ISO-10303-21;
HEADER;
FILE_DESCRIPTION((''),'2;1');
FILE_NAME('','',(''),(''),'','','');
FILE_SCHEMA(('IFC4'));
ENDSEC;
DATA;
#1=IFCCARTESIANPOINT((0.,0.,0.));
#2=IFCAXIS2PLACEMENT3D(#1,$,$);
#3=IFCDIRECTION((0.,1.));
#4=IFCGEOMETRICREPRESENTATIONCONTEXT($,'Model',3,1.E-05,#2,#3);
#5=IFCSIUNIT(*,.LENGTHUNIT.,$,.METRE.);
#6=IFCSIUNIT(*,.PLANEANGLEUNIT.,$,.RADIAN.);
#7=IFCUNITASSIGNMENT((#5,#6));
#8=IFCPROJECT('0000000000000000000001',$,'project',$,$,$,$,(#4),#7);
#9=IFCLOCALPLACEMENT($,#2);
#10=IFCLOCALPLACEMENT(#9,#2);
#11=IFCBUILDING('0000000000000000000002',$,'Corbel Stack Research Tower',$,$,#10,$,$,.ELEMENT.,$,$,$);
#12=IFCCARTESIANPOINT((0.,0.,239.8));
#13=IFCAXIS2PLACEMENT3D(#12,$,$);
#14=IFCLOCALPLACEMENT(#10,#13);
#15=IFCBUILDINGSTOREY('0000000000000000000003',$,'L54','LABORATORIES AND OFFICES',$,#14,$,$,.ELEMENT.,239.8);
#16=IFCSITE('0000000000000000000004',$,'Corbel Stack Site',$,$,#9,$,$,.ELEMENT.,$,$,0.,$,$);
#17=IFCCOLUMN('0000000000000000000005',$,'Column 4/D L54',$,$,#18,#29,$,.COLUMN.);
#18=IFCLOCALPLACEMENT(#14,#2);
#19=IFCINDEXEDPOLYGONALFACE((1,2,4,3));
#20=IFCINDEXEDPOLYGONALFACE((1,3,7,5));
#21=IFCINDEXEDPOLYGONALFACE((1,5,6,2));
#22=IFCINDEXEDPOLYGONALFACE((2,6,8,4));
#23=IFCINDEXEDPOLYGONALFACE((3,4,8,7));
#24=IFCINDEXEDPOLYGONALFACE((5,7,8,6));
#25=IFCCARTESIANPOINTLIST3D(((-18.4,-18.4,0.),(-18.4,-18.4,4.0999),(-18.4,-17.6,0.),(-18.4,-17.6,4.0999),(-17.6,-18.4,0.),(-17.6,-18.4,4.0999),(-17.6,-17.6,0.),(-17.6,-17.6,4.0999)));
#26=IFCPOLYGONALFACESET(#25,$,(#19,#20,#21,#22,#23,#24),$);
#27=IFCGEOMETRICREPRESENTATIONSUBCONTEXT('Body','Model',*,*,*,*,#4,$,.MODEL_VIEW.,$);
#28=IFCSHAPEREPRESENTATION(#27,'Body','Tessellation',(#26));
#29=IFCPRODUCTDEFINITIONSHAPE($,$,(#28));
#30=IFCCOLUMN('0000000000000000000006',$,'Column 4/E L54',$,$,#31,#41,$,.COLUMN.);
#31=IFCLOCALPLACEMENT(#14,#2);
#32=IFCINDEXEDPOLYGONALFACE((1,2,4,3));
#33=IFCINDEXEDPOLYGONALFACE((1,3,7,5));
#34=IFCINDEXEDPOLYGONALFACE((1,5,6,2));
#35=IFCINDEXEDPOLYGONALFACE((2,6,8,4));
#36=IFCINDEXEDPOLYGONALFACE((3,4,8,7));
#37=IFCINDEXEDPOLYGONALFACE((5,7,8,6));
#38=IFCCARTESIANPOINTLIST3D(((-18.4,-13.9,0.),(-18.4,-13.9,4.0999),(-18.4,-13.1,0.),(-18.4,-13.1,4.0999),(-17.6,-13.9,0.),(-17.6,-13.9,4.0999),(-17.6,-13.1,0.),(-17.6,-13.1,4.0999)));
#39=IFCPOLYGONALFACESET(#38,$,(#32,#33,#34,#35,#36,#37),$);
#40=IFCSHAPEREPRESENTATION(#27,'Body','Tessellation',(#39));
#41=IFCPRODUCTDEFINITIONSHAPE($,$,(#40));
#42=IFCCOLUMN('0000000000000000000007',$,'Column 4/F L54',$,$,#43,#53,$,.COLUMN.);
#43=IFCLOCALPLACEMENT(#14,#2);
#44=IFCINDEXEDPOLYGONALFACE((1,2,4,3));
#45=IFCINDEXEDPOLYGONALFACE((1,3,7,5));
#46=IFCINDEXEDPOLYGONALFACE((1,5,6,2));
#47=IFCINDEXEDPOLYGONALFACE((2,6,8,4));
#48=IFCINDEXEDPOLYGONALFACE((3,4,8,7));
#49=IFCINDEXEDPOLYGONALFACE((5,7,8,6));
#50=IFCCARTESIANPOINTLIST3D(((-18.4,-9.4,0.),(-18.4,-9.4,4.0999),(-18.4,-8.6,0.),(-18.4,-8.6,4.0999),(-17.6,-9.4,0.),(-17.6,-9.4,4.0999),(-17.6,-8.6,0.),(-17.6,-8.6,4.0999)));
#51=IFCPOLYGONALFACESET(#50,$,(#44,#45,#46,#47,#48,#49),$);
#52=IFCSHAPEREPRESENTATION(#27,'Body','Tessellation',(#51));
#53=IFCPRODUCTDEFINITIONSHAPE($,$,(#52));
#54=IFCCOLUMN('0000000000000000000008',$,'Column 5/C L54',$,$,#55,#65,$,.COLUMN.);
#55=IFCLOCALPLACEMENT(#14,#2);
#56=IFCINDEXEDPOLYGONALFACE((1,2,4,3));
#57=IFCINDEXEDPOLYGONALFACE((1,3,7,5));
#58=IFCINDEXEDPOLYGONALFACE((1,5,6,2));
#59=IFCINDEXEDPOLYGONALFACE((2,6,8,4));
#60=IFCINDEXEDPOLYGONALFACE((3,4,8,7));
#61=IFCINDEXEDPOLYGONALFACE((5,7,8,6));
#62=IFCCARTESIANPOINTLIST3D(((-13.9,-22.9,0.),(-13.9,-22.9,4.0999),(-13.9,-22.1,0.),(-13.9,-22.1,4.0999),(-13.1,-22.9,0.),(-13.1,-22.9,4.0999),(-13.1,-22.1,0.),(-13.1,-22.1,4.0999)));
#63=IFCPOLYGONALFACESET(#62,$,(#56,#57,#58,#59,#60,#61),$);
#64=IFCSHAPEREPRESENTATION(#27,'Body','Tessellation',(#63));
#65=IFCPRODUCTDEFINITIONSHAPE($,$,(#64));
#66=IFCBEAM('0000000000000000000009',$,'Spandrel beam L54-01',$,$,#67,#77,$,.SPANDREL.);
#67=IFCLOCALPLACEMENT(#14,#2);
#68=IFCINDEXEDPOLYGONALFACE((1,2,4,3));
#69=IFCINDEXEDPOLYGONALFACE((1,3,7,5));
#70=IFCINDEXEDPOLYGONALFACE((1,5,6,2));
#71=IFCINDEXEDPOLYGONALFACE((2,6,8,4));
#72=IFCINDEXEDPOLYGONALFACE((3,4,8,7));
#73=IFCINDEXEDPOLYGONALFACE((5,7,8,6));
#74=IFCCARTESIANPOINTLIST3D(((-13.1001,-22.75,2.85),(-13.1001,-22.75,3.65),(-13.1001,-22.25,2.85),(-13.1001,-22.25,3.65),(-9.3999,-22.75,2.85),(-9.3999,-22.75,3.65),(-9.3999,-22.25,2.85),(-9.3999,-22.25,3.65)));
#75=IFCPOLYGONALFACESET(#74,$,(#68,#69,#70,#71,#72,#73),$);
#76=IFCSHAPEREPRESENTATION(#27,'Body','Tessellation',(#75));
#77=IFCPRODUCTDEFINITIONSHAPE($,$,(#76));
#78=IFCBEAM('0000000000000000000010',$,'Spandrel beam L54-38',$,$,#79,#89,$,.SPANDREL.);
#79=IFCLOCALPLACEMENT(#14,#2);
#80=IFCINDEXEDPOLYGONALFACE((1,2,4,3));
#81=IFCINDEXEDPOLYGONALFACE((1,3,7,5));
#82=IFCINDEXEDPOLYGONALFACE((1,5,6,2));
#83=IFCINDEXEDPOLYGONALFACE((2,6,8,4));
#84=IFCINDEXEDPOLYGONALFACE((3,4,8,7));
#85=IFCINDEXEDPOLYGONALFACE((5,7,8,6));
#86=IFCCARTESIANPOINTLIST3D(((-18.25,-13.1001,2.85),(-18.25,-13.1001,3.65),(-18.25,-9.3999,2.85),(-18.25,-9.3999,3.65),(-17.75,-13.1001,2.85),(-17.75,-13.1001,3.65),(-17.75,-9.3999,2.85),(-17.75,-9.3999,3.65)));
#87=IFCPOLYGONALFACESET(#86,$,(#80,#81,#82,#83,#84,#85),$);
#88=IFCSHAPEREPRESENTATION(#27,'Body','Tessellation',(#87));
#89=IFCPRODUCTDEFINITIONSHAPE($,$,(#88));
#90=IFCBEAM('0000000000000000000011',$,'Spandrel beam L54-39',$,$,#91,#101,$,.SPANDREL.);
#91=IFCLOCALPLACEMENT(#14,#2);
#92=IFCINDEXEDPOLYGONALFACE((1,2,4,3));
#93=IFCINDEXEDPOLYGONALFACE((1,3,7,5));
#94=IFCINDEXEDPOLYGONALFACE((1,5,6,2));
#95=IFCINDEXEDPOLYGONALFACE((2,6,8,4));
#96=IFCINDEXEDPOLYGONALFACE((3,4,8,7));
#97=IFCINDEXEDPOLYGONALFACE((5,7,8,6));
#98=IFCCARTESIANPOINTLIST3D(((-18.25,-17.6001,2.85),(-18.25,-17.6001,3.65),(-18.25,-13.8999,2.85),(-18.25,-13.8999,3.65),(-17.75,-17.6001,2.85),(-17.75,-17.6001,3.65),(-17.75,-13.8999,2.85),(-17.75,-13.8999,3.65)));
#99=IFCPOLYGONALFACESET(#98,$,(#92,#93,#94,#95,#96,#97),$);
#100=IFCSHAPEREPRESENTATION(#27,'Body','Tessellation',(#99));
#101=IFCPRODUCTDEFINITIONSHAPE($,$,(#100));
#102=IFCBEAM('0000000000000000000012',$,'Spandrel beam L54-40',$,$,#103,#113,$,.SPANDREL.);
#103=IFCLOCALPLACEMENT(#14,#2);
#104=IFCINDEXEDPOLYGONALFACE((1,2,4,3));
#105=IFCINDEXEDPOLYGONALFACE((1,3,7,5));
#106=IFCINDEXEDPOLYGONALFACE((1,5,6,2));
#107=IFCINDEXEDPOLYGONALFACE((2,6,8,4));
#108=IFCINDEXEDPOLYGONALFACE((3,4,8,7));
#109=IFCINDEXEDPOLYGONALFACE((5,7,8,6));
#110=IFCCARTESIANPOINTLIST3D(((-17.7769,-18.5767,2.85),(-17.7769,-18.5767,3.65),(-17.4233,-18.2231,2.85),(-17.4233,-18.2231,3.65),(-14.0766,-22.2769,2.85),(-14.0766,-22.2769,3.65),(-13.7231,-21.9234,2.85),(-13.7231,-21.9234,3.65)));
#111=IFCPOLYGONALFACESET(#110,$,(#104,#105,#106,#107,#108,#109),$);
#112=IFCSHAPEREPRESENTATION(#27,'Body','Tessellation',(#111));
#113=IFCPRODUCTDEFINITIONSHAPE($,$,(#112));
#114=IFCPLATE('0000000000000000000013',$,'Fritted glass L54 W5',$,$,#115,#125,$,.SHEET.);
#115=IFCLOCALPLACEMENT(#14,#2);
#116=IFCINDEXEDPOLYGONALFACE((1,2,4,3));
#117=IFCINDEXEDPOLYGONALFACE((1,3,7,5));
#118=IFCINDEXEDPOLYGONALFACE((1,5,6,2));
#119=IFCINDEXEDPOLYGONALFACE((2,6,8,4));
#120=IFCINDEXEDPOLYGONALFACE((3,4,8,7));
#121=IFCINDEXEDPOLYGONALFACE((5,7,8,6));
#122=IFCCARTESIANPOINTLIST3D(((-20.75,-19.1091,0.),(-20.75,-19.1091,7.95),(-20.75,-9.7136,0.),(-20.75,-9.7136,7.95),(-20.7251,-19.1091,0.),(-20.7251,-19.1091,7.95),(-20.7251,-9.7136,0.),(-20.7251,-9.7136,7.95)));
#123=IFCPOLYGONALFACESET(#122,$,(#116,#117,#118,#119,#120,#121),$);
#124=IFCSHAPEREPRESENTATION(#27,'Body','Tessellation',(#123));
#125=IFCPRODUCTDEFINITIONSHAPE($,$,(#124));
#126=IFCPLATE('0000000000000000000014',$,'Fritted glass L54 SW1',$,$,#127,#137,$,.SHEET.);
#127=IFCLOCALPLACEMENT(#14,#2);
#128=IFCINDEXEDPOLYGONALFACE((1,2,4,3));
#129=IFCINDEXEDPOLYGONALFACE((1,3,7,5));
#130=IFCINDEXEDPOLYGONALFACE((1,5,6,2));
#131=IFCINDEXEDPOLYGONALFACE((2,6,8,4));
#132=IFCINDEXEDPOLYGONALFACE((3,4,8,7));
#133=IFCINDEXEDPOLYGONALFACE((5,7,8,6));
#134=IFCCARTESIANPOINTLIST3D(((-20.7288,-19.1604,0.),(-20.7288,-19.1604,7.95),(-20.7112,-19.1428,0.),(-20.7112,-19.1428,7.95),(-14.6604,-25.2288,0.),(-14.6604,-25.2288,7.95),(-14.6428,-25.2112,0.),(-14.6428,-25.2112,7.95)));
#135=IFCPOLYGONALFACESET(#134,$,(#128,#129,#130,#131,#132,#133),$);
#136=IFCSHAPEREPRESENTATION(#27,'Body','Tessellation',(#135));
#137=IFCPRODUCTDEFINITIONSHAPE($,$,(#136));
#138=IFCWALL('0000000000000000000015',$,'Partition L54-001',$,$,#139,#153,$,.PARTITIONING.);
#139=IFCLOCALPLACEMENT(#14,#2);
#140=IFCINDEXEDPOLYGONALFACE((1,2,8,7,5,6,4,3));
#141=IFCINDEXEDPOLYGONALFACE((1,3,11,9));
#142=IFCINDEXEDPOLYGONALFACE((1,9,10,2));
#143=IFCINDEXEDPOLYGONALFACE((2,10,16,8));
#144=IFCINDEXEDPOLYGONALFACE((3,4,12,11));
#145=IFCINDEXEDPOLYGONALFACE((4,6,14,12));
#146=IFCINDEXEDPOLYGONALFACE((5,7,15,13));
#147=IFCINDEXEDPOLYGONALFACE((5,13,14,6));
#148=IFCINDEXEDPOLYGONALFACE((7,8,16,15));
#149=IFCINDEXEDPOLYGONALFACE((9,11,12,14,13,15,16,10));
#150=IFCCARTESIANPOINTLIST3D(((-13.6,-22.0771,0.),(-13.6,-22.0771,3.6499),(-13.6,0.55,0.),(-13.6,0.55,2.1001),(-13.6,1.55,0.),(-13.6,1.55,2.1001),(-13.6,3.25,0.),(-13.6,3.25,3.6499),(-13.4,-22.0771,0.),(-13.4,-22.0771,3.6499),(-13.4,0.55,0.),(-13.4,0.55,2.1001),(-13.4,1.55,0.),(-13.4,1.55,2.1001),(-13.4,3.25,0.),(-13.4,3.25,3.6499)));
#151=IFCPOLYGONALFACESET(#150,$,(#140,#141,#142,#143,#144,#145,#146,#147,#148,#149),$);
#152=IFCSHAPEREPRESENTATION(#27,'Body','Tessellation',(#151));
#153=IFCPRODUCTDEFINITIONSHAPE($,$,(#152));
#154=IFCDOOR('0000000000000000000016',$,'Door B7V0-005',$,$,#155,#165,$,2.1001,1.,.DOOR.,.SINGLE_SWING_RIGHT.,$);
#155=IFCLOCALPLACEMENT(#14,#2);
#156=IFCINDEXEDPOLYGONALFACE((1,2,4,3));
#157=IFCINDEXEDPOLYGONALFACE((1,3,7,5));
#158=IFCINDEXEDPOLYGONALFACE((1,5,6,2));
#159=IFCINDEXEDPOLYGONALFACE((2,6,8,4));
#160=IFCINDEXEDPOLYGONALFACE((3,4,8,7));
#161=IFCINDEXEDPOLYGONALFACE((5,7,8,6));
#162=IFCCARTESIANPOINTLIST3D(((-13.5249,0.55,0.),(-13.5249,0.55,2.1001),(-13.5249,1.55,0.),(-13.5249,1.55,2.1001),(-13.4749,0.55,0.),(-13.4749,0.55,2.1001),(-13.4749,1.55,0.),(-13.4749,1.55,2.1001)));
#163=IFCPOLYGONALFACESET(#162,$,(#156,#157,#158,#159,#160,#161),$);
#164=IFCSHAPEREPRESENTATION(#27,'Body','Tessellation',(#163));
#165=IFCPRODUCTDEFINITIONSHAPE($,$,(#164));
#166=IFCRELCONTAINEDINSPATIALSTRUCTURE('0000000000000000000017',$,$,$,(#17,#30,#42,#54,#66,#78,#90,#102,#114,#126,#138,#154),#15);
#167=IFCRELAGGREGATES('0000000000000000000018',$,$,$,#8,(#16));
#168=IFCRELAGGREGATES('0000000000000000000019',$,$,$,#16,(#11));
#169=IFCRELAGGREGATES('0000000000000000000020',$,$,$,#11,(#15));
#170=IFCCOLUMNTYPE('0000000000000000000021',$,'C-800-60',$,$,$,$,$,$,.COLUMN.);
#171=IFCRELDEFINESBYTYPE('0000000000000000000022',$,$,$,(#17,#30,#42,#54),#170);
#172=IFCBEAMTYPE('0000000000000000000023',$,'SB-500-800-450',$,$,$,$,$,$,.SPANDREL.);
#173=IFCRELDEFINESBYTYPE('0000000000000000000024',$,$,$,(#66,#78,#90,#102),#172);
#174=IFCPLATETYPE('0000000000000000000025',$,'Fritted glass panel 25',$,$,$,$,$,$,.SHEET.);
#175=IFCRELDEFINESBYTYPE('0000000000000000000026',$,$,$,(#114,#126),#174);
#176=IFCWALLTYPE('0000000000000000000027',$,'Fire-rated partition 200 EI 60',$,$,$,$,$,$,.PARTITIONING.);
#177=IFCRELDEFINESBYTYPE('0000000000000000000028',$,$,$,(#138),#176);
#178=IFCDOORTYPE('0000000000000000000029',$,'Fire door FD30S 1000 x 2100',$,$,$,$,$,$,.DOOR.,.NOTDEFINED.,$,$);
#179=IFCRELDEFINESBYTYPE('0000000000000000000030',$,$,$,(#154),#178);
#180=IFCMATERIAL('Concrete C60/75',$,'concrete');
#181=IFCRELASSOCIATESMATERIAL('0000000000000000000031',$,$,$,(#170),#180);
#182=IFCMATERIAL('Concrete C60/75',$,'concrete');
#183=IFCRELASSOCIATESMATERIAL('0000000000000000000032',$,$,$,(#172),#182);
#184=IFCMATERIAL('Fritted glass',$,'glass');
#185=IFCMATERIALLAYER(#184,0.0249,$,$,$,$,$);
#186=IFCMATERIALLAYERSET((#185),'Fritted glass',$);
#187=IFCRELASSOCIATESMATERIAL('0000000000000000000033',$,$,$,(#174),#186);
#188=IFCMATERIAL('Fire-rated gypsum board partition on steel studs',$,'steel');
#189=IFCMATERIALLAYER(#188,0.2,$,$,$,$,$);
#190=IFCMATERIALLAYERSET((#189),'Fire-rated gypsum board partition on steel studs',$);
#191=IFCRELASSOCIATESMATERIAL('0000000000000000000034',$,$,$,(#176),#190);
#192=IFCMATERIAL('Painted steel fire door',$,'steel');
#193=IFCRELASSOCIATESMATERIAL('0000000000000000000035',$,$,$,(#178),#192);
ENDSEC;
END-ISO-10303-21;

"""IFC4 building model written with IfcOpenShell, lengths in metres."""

from ifc_helpers import new_model, si_unit, direction, frame, frame_2d, origin, origin_2d, place, context, subcontext, project, spatial, rectangle, extrude, material, layer, layer_set, material_profile, profile_set, type_object, element, fill, save


model = new_model("IFC4")

# Units and contexts
model_context = context("Model", 3, precision=1e-05, world=origin(), true_north=direction((0.0, 1.0)))
body_context = subcontext(model_context, "Body", "Model", "MODEL_VIEW")
ifc_project = project(units=[si_unit("LENGTHUNIT", "METRE"), si_unit("PLANEANGLEUNIT", "RADIAN")], contexts=[model_context])

# Site, building, storey
site_placement = place(None, origin())
site = spatial("IfcSite", under=ifc_project, at=site_placement, Name="Corbel Stack Site", CompositionType="ELEMENT", RefElevation=0.0)
building_placement = place(site_placement, origin())
building = spatial("IfcBuilding", under=site, at=building_placement, Name="Corbel Stack Research Tower", CompositionType="ELEMENT")
storey_placement = place(building_placement, frame((0.0, 0.0, 239.8)))
storey = spatial("IfcBuildingStorey", under=building, at=storey_placement, Name="L54", Description="LABORATORIES AND OFFICES", CompositionType="ELEMENT", Elevation=239.8)

# Columns
ifc_material_1 = material(Name="Concrete C60/75", Category="concrete")
ifc_material_profile_1 = material_profile(ifc_material_1, rectangle(XDim=0.8, YDim=0.8, at=origin_2d()), Name="RC 800 x 800")
ifc_profile_set_1 = profile_set([ifc_material_profile_1], Name="Concrete C60/75")
column_type = type_object("IfcColumnType", Name="C-800-60", PredefinedType="COLUMN", material=ifc_profile_set_1)
for number, where, z_axis, x_axis, name in (
    (1, (-18.0, -18.0, 0.0), (0.0, 0.0, 1.0), (1.0, 0.0, 0.0), "Column 4/D L54"),
    (2, (-18.0, -13.5, 0.0), (0.0, 0.0, 1.0), (1.0, 0.0, 0.0), "Column 4/E L54"),
    (3, (-18.0, -9.0, 0.0), (0.0, 0.0, 1.0), (1.0, 0.0, 0.0), "Column 4/F L54"),
    (4, (-13.5, -22.5, 0.0), (0.0, 0.0, 1.0), (1.0, 0.0, 0.0), "Column 5/C L54"),
):
    element("IfcColumn", number, at=place(storey_placement, frame(where, z_axis=z_axis, x_axis=x_axis)), inside=storey, type_object=column_type, Name=name, PredefinedType="COLUMN", context=body_context, shape_type="SweptSolid", body=[
        extrude(rectangle(XDim=0.8, YDim=0.8, at=origin_2d()), origin(), (0.0, 0.0, 1.0), 4.0999),
    ])

# Beams
ifc_material_2 = material(Name="Concrete C60/75", Category="concrete")
ifc_material_profile_2 = material_profile(ifc_material_2, rectangle(XDim=0.5, YDim=0.8, at=origin_2d()), Name="RC 500 x 800")
ifc_profile_set_2 = profile_set([ifc_material_profile_2], Name="Concrete C60/75")
beam_type = type_object("IfcBeamType", Name="SB-500-800-450", PredefinedType="SPANDREL", material=ifc_profile_set_2)
for number, where, z_axis, x_axis, name in (
    (5, (-13.1001, -22.5, 3.25), (1.0, 0.0, 0.0), (0.0, 1.0, 0.0), "Spandrel beam L54-01"),
    (6, (-18.0, -9.3999, 3.25), (0.0, -1.0, 0.0), (1.0, 0.0, 0.0), "Spandrel beam L54-38"),
    (7, (-18.0, -13.8999, 3.25), (0.0, -1.0, 0.0), (1.0, 0.0, 0.0), "Spandrel beam L54-39"),
):
    element("IfcBeam", number, at=place(storey_placement, frame(where, z_axis=z_axis, x_axis=x_axis)), inside=storey, type_object=beam_type, Name=name, PredefinedType="SPANDREL", context=body_context, shape_type="SweptSolid", body=[
        extrude(rectangle(XDim=0.5, YDim=0.8, at=origin_2d()), origin(), (0.0, 0.0, 1.0), 3.7002),
    ])
beam_placement = place(storey_placement, frame((-17.6001, -18.3999, 3.25), z_axis=(0.707107, -0.707107, 0.0), x_axis=(0.707107, 0.707107, 0.0)))
element("IfcBeam", 8, at=beam_placement, inside=storey, type_object=beam_type, Name="Spandrel beam L54-40", PredefinedType="SPANDREL", context=body_context, shape_type="SweptSolid", body=[
    extrude(rectangle(XDim=0.5, YDim=0.8, at=origin_2d()), origin(), (0.0, 0.0, 1.0), 5.2329),
])

# Plates
ifc_material_3 = material(Name="Fritted glass", Category="glass")
ifc_layer_1 = layer(ifc_material_3, 0.0249)
ifc_layer_set_1 = layer_set([ifc_layer_1], Name="Fritted glass")
plate_type = type_object("IfcPlateType", Name="Fritted glass panel 25", PredefinedType="SHEET", material=ifc_layer_set_1)
plate_1_placement = place(storey_placement, frame((-20.7375, -14.4114, 0.0), z_axis=(0.0, 0.0, 1.0), x_axis=(0.0, -1.0, 0.0)))
element("IfcPlate", 9, at=plate_1_placement, inside=storey, type_object=plate_type, Name="Fritted glass L54 W5", PredefinedType="SHEET", context=body_context, shape_type="SweptSolid", body=[
    extrude(rectangle(XDim=9.3955, YDim=0.0249, at=origin_2d()), origin(), (0.0, 0.0, 1.0), 7.95),
])
plate_2_placement = place(storey_placement, frame((-17.6858, -22.1858, 0.0), z_axis=(0.0, 0.0, 1.0), x_axis=(0.707107, -0.707107, 0.0)))
element("IfcPlate", 10, at=plate_2_placement, inside=storey, type_object=plate_type, Name="Fritted glass L54 SW1", PredefinedType="SHEET", context=body_context, shape_type="SweptSolid", body=[
    extrude(rectangle(XDim=8.582, YDim=0.0249, at=origin_2d()), origin(), (0.0, 0.0, 1.0), 7.95),
])

# Wall, opening, door
ifc_material_4 = material(Name="Fire-rated gypsum board partition on steel studs", Category="steel")
ifc_layer_2 = layer(ifc_material_4, 0.2)
ifc_layer_set_2 = layer_set([ifc_layer_2], Name="Fire-rated gypsum board partition on steel studs")
wall_type_1 = type_object("IfcWallType", Name="Fire-rated partition 200 EI 60", PredefinedType="PARTITIONING", material=ifc_layer_set_2)
wall_1_placement = place(storey_placement, frame((-13.5, -22.0771, 0.0), z_axis=(0.0, 0.0, 1.0), x_axis=(0.0, 1.0, 0.0)))
wall_1 = element("IfcWall", 11, at=wall_1_placement, inside=storey, type_object=wall_type_1, Name="Partition L54-001", PredefinedType="PARTITIONING", context=body_context, shape_type="SweptSolid", body=[
    extrude(rectangle(XDim=25.3271, YDim=0.2, at=frame_2d((12.6636, 0.0))), origin(), (0.0, 0.0, 1.0), 3.6499),
])
opening_1_placement = place(wall_1_placement, frame((22.6272, 0.0, 0.0)))
opening_1 = element("IfcOpeningElement", 12, at=opening_1_placement, cuts=wall_1, PredefinedType="OPENING", context=body_context, shape_type="SweptSolid", body=[
    extrude(rectangle(XDim=1.0, YDim=2.1001, at=frame_2d((0.5, 1.05))), frame((0.0, 0.1099, 0.0), z_axis=(0.0, -1.0, 0.0), x_axis=(1.0, 0.0, 0.0)), (0.0, 0.0, 1.0), 0.22),
])
ifc_material_5 = material(Name="Painted steel fire door", Category="steel")
door_type_1 = type_object("IfcDoorType", Name="Fire door FD30S 1000 x 2100", OperationType="NOTDEFINED", PredefinedType="DOOR", material=ifc_material_5)
door_1_placement = place(opening_1_placement, origin())
door_1 = element("IfcDoor", 13, at=door_1_placement, inside=storey, type_object=door_type_1, Name="Door B7V0-005", OperationType="SINGLE_SWING_RIGHT", OverallHeight=2.1001, OverallWidth=1.0, PredefinedType="DOOR", context=body_context, shape_type="SweptSolid", body=[
    extrude(rectangle(XDim=1.0, YDim=2.1001, at=frame_2d((0.5, 1.05))), frame((0.0, 0.0249, 0.0), z_axis=(0.0, -1.0, 0.0), x_axis=(1.0, 0.0, 0.0)), (0.0, 0.0, 1.0), 0.05),
])
fill(opening_1, door_1)

save(model, "model.ifc")
